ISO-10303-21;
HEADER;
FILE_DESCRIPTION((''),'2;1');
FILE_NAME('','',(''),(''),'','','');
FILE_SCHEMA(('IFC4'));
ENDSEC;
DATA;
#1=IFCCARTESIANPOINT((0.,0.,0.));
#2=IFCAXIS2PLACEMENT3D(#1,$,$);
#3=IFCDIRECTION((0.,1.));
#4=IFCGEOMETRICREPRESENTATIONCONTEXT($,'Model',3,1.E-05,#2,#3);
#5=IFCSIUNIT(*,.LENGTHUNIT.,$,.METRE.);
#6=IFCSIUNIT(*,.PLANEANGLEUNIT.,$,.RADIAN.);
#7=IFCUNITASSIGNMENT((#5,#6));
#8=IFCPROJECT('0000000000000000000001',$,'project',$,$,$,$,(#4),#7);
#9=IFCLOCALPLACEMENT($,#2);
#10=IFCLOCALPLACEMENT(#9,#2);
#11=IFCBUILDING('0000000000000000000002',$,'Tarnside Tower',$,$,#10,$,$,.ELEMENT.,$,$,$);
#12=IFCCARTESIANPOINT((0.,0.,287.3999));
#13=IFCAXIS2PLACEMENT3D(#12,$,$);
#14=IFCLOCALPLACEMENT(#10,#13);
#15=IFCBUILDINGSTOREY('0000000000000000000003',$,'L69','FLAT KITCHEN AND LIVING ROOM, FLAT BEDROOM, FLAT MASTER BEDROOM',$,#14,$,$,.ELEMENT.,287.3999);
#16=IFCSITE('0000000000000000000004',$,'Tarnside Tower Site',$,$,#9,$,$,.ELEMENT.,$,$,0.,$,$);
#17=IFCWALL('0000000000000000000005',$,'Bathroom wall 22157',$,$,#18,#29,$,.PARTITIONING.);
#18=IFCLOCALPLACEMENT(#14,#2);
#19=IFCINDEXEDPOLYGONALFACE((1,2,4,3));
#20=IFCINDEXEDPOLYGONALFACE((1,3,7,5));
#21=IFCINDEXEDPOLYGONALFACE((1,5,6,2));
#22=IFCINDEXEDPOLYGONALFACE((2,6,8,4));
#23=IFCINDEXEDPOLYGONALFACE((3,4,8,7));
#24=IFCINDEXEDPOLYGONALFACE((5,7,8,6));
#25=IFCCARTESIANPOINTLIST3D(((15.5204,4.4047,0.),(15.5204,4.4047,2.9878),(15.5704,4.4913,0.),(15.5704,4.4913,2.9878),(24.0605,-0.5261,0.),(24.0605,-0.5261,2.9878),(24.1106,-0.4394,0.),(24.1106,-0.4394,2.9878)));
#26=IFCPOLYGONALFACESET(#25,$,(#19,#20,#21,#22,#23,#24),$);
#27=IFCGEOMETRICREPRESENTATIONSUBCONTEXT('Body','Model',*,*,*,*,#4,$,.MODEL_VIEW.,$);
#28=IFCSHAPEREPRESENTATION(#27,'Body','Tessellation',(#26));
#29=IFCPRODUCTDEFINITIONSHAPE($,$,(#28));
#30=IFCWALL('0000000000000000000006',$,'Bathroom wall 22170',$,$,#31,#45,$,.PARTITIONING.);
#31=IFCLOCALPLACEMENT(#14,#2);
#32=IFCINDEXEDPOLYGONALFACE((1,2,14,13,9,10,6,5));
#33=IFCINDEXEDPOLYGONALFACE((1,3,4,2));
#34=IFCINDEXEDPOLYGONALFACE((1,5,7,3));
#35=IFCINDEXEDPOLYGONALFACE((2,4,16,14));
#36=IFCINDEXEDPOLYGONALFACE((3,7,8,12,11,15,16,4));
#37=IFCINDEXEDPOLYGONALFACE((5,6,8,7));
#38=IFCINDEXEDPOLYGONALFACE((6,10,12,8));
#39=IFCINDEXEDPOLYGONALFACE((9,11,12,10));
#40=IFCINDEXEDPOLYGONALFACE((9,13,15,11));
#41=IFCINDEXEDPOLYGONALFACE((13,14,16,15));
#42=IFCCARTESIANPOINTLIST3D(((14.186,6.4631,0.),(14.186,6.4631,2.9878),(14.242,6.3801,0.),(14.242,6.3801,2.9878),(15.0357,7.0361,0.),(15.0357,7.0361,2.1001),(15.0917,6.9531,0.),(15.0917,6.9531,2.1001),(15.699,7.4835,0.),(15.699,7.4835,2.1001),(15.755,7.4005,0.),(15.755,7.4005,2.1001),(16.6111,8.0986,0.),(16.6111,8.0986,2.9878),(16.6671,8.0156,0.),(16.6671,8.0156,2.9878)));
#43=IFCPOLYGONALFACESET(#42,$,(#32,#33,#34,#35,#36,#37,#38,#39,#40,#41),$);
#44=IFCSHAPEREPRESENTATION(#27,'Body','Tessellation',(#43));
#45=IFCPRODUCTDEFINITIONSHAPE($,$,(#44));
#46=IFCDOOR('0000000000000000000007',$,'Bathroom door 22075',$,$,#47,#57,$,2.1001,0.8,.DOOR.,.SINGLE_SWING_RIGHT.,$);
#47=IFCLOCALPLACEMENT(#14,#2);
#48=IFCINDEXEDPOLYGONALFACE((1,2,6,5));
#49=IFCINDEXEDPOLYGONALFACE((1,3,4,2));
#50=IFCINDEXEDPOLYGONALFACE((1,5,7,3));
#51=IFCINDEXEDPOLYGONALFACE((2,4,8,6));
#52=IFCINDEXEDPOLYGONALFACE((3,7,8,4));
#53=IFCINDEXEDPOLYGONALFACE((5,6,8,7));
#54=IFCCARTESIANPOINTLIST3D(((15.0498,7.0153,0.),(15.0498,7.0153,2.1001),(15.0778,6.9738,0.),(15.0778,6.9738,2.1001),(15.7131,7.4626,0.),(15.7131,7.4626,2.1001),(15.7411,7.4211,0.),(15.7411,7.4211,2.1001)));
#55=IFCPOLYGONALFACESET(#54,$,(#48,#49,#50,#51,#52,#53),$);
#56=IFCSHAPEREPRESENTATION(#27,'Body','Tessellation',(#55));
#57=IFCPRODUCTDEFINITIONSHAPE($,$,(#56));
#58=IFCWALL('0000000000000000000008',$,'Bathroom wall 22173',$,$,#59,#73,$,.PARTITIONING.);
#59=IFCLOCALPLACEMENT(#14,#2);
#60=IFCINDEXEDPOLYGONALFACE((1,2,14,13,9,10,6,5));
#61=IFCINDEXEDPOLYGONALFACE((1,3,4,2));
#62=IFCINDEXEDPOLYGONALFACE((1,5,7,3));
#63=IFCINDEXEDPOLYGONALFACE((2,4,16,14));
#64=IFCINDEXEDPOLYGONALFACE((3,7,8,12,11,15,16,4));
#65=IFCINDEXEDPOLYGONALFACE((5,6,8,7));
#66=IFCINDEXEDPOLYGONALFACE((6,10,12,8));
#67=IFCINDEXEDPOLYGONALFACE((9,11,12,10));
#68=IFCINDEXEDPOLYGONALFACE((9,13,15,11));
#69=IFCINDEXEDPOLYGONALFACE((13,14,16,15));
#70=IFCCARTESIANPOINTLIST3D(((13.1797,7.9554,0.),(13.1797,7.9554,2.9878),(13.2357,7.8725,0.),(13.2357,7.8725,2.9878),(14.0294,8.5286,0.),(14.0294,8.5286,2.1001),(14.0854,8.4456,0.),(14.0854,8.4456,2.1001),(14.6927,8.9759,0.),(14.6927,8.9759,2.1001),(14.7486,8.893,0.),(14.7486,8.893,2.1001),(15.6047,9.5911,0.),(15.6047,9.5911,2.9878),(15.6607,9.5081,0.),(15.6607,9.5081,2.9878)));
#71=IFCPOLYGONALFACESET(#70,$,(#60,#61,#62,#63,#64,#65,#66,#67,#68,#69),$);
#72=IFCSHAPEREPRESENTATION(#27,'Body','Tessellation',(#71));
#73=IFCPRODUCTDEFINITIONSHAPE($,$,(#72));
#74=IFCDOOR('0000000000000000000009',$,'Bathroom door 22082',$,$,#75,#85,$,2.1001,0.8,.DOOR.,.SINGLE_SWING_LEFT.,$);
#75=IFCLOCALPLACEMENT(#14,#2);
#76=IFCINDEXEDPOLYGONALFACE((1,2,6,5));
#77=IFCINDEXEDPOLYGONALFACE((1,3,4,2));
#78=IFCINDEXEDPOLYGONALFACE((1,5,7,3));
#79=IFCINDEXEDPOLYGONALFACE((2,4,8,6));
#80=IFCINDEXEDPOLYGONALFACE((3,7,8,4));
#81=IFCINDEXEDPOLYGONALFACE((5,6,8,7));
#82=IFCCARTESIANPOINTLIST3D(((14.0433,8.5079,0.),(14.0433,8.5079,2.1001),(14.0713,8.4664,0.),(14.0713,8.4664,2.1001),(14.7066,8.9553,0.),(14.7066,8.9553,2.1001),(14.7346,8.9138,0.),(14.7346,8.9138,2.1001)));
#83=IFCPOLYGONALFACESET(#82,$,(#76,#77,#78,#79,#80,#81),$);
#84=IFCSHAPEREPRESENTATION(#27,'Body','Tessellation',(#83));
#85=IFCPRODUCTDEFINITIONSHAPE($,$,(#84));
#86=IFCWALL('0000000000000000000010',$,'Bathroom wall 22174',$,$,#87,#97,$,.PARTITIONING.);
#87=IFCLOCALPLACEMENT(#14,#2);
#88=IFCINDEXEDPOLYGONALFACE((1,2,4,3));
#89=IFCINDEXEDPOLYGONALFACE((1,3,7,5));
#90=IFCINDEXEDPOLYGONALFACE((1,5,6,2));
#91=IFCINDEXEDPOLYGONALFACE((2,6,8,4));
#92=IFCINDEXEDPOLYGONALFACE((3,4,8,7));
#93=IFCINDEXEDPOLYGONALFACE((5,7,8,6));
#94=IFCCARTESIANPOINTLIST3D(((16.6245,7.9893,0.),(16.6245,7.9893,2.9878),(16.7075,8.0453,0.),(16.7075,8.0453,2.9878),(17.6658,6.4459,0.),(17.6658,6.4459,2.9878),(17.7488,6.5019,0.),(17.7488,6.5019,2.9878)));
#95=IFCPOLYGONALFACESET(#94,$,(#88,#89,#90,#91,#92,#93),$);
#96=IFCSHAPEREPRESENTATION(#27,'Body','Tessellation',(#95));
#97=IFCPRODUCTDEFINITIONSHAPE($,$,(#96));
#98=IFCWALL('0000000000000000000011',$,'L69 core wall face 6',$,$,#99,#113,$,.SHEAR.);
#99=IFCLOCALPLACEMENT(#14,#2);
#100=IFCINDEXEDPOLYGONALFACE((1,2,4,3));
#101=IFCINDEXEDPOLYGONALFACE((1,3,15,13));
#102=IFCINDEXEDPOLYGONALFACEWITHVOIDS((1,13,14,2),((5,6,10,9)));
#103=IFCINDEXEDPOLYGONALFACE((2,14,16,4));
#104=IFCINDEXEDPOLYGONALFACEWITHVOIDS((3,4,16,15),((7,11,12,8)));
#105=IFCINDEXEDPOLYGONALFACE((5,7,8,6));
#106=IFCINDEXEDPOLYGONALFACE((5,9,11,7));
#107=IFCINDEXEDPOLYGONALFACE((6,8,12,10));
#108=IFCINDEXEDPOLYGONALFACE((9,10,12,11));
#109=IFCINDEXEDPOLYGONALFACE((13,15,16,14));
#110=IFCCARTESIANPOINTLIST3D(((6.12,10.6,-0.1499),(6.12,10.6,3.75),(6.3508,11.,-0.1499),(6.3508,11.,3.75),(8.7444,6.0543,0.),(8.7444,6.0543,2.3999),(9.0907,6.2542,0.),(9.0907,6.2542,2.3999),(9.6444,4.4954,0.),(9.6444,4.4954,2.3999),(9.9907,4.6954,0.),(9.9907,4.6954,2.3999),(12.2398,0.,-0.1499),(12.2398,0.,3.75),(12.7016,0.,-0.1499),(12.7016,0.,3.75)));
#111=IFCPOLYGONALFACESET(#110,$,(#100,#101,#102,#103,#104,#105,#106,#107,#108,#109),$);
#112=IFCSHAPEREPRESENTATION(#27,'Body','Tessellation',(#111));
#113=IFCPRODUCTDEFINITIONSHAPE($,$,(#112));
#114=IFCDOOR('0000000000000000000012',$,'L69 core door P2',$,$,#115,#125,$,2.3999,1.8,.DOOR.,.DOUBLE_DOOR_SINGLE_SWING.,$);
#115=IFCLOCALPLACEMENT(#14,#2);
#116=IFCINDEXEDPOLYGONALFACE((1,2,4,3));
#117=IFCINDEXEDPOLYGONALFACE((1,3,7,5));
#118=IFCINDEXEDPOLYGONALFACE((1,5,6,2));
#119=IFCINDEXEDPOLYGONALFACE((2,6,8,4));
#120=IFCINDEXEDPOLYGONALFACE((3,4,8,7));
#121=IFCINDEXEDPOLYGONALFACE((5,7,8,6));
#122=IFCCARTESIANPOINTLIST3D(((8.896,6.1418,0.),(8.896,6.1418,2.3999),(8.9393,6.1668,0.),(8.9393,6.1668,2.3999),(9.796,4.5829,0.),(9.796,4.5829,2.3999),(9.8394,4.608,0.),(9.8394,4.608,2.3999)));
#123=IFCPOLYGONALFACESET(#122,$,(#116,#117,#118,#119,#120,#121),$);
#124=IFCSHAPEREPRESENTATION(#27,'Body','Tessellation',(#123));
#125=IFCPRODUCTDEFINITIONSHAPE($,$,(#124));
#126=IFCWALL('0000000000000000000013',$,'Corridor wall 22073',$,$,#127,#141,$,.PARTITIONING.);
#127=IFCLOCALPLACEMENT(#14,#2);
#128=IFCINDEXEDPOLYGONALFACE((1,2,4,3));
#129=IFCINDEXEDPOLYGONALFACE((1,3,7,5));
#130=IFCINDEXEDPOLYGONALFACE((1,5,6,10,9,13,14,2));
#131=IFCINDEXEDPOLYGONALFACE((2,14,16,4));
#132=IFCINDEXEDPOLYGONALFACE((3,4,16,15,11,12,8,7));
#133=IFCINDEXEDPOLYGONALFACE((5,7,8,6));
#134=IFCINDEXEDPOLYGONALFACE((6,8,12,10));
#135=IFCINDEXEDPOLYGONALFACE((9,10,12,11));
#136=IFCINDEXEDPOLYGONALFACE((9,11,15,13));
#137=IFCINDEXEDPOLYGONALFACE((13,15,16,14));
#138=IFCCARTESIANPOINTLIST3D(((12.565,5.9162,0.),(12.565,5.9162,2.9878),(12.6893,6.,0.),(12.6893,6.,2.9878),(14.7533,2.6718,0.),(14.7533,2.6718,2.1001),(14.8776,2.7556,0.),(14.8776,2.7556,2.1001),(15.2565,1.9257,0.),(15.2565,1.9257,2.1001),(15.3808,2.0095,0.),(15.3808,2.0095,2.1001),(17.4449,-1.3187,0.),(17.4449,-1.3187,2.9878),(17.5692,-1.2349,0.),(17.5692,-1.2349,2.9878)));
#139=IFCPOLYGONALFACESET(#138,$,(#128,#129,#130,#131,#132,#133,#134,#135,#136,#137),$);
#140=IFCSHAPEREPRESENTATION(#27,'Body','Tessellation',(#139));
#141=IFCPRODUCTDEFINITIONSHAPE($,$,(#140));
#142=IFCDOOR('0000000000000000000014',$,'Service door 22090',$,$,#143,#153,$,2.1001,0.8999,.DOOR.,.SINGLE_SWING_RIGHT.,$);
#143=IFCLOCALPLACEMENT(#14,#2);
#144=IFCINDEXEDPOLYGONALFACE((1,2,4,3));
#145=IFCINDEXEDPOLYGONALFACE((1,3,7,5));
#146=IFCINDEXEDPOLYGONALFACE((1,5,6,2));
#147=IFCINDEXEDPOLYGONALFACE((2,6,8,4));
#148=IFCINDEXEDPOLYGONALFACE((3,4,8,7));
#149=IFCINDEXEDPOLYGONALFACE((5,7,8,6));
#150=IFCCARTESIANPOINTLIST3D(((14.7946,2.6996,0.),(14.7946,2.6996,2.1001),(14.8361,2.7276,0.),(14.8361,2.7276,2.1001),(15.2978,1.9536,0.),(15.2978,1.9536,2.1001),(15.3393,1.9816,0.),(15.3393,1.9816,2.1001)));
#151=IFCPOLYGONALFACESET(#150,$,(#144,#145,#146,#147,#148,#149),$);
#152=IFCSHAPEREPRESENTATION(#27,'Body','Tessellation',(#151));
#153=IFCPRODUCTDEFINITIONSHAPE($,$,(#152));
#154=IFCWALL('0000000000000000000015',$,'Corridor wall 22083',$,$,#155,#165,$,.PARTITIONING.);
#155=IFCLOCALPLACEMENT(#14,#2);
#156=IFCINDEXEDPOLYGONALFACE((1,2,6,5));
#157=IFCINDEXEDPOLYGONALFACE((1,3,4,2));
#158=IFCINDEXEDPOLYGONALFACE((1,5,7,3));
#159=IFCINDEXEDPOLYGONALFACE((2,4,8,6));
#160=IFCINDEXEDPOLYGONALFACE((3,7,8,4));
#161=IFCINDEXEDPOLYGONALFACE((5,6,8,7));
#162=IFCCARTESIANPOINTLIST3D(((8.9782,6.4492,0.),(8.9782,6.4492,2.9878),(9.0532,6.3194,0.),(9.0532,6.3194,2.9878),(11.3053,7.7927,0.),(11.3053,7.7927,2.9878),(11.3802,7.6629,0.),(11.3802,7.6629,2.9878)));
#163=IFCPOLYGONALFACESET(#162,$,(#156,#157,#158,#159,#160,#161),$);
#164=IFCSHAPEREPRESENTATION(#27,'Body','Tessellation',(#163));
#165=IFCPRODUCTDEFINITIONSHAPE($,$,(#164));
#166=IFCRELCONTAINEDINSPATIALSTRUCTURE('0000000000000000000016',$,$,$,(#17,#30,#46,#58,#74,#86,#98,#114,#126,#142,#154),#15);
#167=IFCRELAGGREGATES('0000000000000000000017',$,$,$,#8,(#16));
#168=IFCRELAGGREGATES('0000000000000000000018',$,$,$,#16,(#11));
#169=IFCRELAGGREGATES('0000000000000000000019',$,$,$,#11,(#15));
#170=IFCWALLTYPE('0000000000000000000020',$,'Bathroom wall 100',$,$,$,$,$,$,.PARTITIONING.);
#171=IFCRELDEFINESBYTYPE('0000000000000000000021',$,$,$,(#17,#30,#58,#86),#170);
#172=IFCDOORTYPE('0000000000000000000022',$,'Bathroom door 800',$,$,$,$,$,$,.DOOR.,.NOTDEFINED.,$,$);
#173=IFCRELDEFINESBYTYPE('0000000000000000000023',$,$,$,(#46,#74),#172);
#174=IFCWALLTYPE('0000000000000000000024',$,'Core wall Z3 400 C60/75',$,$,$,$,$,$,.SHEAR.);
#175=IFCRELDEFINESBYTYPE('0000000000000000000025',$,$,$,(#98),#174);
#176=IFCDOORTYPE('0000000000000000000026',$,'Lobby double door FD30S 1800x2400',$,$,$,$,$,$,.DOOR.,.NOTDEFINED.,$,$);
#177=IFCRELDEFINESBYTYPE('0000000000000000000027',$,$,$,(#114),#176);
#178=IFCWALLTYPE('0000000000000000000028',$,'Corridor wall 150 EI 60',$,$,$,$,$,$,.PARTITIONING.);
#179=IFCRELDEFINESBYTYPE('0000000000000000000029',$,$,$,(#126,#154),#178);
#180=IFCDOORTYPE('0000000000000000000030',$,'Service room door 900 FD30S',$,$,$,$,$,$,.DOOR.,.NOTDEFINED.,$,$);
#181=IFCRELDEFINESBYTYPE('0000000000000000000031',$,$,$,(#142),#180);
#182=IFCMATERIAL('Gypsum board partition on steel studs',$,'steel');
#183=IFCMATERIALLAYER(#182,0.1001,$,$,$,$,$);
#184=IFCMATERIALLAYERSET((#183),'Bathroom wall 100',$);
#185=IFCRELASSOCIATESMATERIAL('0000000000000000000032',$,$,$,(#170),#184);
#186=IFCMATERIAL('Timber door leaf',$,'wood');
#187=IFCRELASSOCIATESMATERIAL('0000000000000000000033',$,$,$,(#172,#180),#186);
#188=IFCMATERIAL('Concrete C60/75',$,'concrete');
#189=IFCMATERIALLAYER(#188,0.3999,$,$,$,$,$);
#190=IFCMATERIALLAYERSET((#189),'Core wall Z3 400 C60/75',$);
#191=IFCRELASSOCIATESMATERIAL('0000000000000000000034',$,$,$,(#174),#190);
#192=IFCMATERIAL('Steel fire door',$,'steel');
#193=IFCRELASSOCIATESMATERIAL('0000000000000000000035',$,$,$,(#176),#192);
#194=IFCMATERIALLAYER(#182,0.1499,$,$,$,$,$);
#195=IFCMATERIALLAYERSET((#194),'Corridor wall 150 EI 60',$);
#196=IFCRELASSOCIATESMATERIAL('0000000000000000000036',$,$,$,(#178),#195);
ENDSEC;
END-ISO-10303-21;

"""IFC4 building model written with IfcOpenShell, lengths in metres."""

from ifc_helpers import new_model, si_unit, direction, frame, frame_2d, origin, place, context, subcontext, project, spatial, polyline, rectangle, outline, extrude, material, layer, layer_set, type_object, element, fill, save


model = new_model("IFC4")

# Units and contexts
model_context = context("Model", 3, precision=1e-05, world=origin(), true_north=direction((0.0, 1.0)))
body_context = subcontext(model_context, "Body", "Model", "MODEL_VIEW")
ifc_project = project(units=[si_unit("LENGTHUNIT", "METRE"), si_unit("PLANEANGLEUNIT", "RADIAN")], contexts=[model_context])

# Site, building, storey
site_placement = place(None, origin())
site = spatial("IfcSite", under=ifc_project, at=site_placement, Name="Tarnside Tower Site", CompositionType="ELEMENT", RefElevation=0.0)
building_placement = place(site_placement, origin())
building = spatial("IfcBuilding", under=site, at=building_placement, Name="Tarnside Tower", CompositionType="ELEMENT")
storey_placement = place(building_placement, frame((0.0, 0.0, 287.3999)))
storey = spatial("IfcBuildingStorey", under=building, at=storey_placement, Name="L69", Description="FLAT KITCHEN AND LIVING ROOM, FLAT BEDROOM, FLAT MASTER BEDROOM", CompositionType="ELEMENT", Elevation=287.3999)

# Wall
ifc_material_1 = material(Name="Gypsum board partition on steel studs", Category="steel")
ifc_layer_1 = layer(ifc_material_1, 0.1001)
ifc_layer_set_1 = layer_set([ifc_layer_1], Name="Bathroom wall 100")
wall_type_1 = type_object("IfcWallType", Name="Bathroom wall 100", PredefinedType="PARTITIONING", material=ifc_layer_set_1)
wall_1_placement = place(storey_placement, frame((15.5454, 4.448, 0.0), z_axis=(0.0, 0.0, 1.0), x_axis=(0.866022, -0.500005, 0.0)))
element("IfcWall", 1, at=wall_1_placement, inside=storey, type_object=wall_type_1, Name="Bathroom wall 22157", PredefinedType="PARTITIONING", context=body_context, shape_type="SweptSolid", body=[
    extrude(rectangle(XDim=9.8613, YDim=0.1001, at=frame_2d((4.9307, 0.0))), origin(), (0.0, 0.0, 1.0), 2.9878),
])

# Walls, openings, doors
wall_2_placement = place(storey_placement, frame((14.2141, 6.4216, 0.0), z_axis=(0.0, 0.0, 1.0), x_axis=(0.829072, 0.559142, 0.0)))
wall_2 = element("IfcWall", 2, at=wall_2_placement, inside=storey, type_object=wall_type_1, Name="Bathroom wall 22170", PredefinedType="PARTITIONING", context=body_context, shape_type="SweptSolid", body=[
    extrude(rectangle(XDim=2.925, YDim=0.1001, at=frame_2d((1.4624, 0.0))), origin(), (0.0, 0.0, 1.0), 2.9878),
])
opening_1_placement = place(wall_2_placement, frame((1.0249, 0.0, 0.0)))
opening_1 = element("IfcOpeningElement", 3, at=opening_1_placement, cuts=wall_2, PredefinedType="OPENING", context=body_context, shape_type="SweptSolid", body=[
    extrude(rectangle(XDim=0.8, YDim=2.1001, at=frame_2d((0.3999, 1.05))), frame((0.0, 0.0601, 0.0), z_axis=(0.0, -1.0, 0.0), x_axis=(1.0, 0.0, 0.0)), (0.0, 0.0, 1.0), 0.1201),
])
ifc_material_2 = material(Name="Timber door leaf", Category="wood")
door_type_1 = type_object("IfcDoorType", Name="Bathroom door 800", OperationType="NOTDEFINED", PredefinedType="DOOR", material=ifc_material_2)
door_1_placement = place(opening_1_placement, origin())
door_1 = element("IfcDoor", 4, at=door_1_placement, inside=storey, type_object=door_type_1, Name="Bathroom door 22075", OperationType="SINGLE_SWING_RIGHT", OverallHeight=2.1001, OverallWidth=0.8, PredefinedType="DOOR", context=body_context, shape_type="SweptSolid", body=[
    extrude(rectangle(XDim=0.8, YDim=2.1001, at=frame_2d((0.3999, 1.05))), frame((0.0, 0.0249, 0.0), z_axis=(0.0, -1.0, 0.0), x_axis=(1.0, 0.0, 0.0)), (0.0, 0.0, 1.0), 0.05),
])
fill(opening_1, door_1)
wall_3_placement = place(storey_placement, frame((15.6326, 9.5496, 0.0), z_axis=(0.0, 0.0, 1.0), x_axis=(-0.829033, -0.559199, 0.0)))
wall_3 = element("IfcWall", 5, at=wall_3_placement, inside=storey, type_object=wall_type_1, Name="Bathroom wall 22173", PredefinedType="PARTITIONING", context=body_context, shape_type="SweptSolid", body=[
    extrude(rectangle(XDim=2.925, YDim=0.1001, at=frame_2d((1.4624, 0.0))), origin(), (0.0, 0.0, 1.0), 2.9878),
])
opening_2_placement = place(wall_3_placement, frame((1.1001, 0.0, 0.0)))
opening_2 = element("IfcOpeningElement", 6, at=opening_2_placement, cuts=wall_3, PredefinedType="OPENING", context=body_context, shape_type="SweptSolid", body=[
    extrude(rectangle(XDim=0.8, YDim=2.1001, at=frame_2d((0.3999, 1.05))), frame((0.0, 0.0601, 0.0), z_axis=(0.0, -1.0, 0.0), x_axis=(1.0, 0.0, 0.0)), (0.0, 0.0, 1.0), 0.1201),
])
door_2_placement = place(opening_2_placement, origin())
door_2 = element("IfcDoor", 7, at=door_2_placement, inside=storey, type_object=door_type_1, Name="Bathroom door 22082", OperationType="SINGLE_SWING_LEFT", OverallHeight=2.1001, OverallWidth=0.8, PredefinedType="DOOR", context=body_context, shape_type="SweptSolid", body=[
    extrude(rectangle(XDim=0.8, YDim=2.1001, at=frame_2d((0.3999, 1.05))), frame((0.0, 0.0249, 0.0), z_axis=(0.0, -1.0, 0.0), x_axis=(1.0, 0.0, 0.0)), (0.0, 0.0, 1.0), 0.05),
])
fill(opening_2, door_2)

# Wall
wall_4_placement = place(storey_placement, frame((17.7073, 6.4739, 0.0), z_axis=(0.0, 0.0, 1.0), x_axis=(-0.559261, 0.828992, 0.0)))
element("IfcWall", 8, at=wall_4_placement, inside=storey, type_object=wall_type_1, Name="Bathroom wall 22174", PredefinedType="PARTITIONING", context=body_context, shape_type="SweptSolid", body=[
    extrude(rectangle(XDim=1.8618, YDim=0.1001, at=frame_2d((0.9309, 0.0))), origin(), (0.0, 0.0, 1.0), 2.9878),
])

# Walls, openings, doors
ifc_material_3 = material(Name="Concrete C60/75", Category="concrete")
ifc_layer_2 = layer(ifc_material_3, 0.3999)
ifc_layer_set_2 = layer_set([ifc_layer_2], Name="Core wall Z3 400 C60/75")
wall_type_2 = type_object("IfcWallType", Name="Core wall Z3 400 C60/75", PredefinedType="SHEAR", material=ifc_layer_set_2)
wall_5_placement = place(storey_placement, frame((12.4707, 0.0, -0.1499), z_axis=(0.0, 0.0, 1.0), x_axis=(-0.499996, 0.866027, 0.0)))
wall_5 = element("IfcWall", 9, at=wall_5_placement, inside=storey, type_object=wall_type_2, Name="L69 core wall face 6", PredefinedType="SHEAR", context=body_context, shape_type="SweptSolid", body=[
    extrude(outline(polyline([(-0.1155, -0.2), (12.5862, -0.2), (12.3552, 0.2), (0.1155, 0.2), (-0.1155, -0.2)])), origin(), (0.0, 0.0, 1.0), 3.8999),
])
opening_3_placement = place(wall_5_placement, frame((5.3064, 0.0, 0.1499)))
opening_3 = element("IfcOpeningElement", 10, at=opening_3_placement, cuts=wall_5, PredefinedType="OPENING", context=body_context, shape_type="SweptSolid", body=[
    extrude(rectangle(XDim=1.8, YDim=2.3999, at=frame_2d((0.8999, 1.2))), frame((0.0, 0.21, 0.0), z_axis=(0.0, -1.0, 0.0), x_axis=(1.0, 0.0, 0.0)), (0.0, 0.0, 1.0), 0.4199),
])
ifc_material_4 = material(Name="Steel fire door", Category="steel")
door_type_2 = type_object("IfcDoorType", Name="Lobby double door FD30S 1800x2400", OperationType="NOTDEFINED", PredefinedType="DOOR", material=ifc_material_4)
door_3_placement = place(opening_3_placement, origin())
door_3 = element("IfcDoor", 11, at=door_3_placement, inside=storey, type_object=door_type_2, Name="L69 core door P2", OperationType="DOUBLE_DOOR_SINGLE_SWING", OverallHeight=2.3999, OverallWidth=1.8, PredefinedType="DOOR", context=body_context, shape_type="SweptSolid", body=[
    extrude(rectangle(XDim=1.8, YDim=2.3999, at=frame_2d((0.8999, 1.2))), frame((0.0, 0.0249, 0.0), z_axis=(0.0, -1.0, 0.0), x_axis=(1.0, 0.0, 0.0)), (0.0, 0.0, 1.0), 0.05),
])
fill(opening_3, door_3)
ifc_layer_3 = layer(ifc_material_1, 0.1499)
ifc_layer_set_3 = layer_set([ifc_layer_3], Name="Corridor wall 150 EI 60")
wall_type_3 = type_object("IfcWallType", Name="Corridor wall 150 EI 60", PredefinedType="PARTITIONING", material=ifc_layer_set_3)
wall_6_placement = place(storey_placement, frame((12.6272, 5.958, 0.0), z_axis=(0.0, 0.0, 1.0), x_axis=(0.559185, -0.829043, 0.0)))
wall_6 = element("IfcWall", 12, at=wall_6_placement, inside=storey, type_object=wall_type_3, Name="Corridor wall 22073", PredefinedType="PARTITIONING", context=body_context, shape_type="SweptSolid", body=[
    extrude(rectangle(XDim=8.7268, YDim=0.1499, at=frame_2d((4.3633, 0.0))), origin(), (0.0, 0.0, 1.0), 2.9878),
])
opening_4_placement = place(wall_6_placement, frame((3.9133, 0.0, 0.0)))
opening_4 = element("IfcOpeningElement", 13, at=opening_4_placement, cuts=wall_6, PredefinedType="OPENING", context=body_context, shape_type="SweptSolid", body=[
    extrude(rectangle(XDim=0.8999, YDim=2.1001, at=frame_2d((0.45, 1.05))), frame((0.0, 0.085, 0.0), z_axis=(0.0, -1.0, 0.0), x_axis=(1.0, 0.0, 0.0)), (0.0, 0.0, 1.0), 0.1699),
])
door_type_3 = type_object("IfcDoorType", Name="Service room door 900 FD30S", OperationType="NOTDEFINED", PredefinedType="DOOR", material=ifc_material_2)
door_4_placement = place(opening_4_placement, origin())
door_4 = element("IfcDoor", 14, at=door_4_placement, inside=storey, type_object=door_type_3, Name="Service door 22090", OperationType="SINGLE_SWING_RIGHT", OverallHeight=2.1001, OverallWidth=0.8999, PredefinedType="DOOR", context=body_context, shape_type="SweptSolid", body=[
    extrude(rectangle(XDim=0.8999, YDim=2.1001, at=frame_2d((0.45, 1.05))), frame((0.0, 0.0249, 0.0), z_axis=(0.0, -1.0, 0.0), x_axis=(1.0, 0.0, 0.0)), (0.0, 0.0, 1.0), 0.05),
])
fill(opening_4, door_4)

# Wall
wall_7_placement = place(storey_placement, frame((11.3428, 7.7278, 0.0), z_axis=(0.0, 0.0, 1.0), x_axis=(-0.866037, -0.499979, 0.0)))
element("IfcWall", 15, at=wall_7_placement, inside=storey, type_object=wall_type_3, Name="Corridor wall 22083", PredefinedType="PARTITIONING", context=body_context, shape_type="SweptSolid", body=[
    extrude(rectangle(XDim=2.687, YDim=0.1499, at=frame_2d((1.3435, 0.0))), origin(), (0.0, 0.0, 1.0), 2.9878),
])

save(model, "model.ifc")
